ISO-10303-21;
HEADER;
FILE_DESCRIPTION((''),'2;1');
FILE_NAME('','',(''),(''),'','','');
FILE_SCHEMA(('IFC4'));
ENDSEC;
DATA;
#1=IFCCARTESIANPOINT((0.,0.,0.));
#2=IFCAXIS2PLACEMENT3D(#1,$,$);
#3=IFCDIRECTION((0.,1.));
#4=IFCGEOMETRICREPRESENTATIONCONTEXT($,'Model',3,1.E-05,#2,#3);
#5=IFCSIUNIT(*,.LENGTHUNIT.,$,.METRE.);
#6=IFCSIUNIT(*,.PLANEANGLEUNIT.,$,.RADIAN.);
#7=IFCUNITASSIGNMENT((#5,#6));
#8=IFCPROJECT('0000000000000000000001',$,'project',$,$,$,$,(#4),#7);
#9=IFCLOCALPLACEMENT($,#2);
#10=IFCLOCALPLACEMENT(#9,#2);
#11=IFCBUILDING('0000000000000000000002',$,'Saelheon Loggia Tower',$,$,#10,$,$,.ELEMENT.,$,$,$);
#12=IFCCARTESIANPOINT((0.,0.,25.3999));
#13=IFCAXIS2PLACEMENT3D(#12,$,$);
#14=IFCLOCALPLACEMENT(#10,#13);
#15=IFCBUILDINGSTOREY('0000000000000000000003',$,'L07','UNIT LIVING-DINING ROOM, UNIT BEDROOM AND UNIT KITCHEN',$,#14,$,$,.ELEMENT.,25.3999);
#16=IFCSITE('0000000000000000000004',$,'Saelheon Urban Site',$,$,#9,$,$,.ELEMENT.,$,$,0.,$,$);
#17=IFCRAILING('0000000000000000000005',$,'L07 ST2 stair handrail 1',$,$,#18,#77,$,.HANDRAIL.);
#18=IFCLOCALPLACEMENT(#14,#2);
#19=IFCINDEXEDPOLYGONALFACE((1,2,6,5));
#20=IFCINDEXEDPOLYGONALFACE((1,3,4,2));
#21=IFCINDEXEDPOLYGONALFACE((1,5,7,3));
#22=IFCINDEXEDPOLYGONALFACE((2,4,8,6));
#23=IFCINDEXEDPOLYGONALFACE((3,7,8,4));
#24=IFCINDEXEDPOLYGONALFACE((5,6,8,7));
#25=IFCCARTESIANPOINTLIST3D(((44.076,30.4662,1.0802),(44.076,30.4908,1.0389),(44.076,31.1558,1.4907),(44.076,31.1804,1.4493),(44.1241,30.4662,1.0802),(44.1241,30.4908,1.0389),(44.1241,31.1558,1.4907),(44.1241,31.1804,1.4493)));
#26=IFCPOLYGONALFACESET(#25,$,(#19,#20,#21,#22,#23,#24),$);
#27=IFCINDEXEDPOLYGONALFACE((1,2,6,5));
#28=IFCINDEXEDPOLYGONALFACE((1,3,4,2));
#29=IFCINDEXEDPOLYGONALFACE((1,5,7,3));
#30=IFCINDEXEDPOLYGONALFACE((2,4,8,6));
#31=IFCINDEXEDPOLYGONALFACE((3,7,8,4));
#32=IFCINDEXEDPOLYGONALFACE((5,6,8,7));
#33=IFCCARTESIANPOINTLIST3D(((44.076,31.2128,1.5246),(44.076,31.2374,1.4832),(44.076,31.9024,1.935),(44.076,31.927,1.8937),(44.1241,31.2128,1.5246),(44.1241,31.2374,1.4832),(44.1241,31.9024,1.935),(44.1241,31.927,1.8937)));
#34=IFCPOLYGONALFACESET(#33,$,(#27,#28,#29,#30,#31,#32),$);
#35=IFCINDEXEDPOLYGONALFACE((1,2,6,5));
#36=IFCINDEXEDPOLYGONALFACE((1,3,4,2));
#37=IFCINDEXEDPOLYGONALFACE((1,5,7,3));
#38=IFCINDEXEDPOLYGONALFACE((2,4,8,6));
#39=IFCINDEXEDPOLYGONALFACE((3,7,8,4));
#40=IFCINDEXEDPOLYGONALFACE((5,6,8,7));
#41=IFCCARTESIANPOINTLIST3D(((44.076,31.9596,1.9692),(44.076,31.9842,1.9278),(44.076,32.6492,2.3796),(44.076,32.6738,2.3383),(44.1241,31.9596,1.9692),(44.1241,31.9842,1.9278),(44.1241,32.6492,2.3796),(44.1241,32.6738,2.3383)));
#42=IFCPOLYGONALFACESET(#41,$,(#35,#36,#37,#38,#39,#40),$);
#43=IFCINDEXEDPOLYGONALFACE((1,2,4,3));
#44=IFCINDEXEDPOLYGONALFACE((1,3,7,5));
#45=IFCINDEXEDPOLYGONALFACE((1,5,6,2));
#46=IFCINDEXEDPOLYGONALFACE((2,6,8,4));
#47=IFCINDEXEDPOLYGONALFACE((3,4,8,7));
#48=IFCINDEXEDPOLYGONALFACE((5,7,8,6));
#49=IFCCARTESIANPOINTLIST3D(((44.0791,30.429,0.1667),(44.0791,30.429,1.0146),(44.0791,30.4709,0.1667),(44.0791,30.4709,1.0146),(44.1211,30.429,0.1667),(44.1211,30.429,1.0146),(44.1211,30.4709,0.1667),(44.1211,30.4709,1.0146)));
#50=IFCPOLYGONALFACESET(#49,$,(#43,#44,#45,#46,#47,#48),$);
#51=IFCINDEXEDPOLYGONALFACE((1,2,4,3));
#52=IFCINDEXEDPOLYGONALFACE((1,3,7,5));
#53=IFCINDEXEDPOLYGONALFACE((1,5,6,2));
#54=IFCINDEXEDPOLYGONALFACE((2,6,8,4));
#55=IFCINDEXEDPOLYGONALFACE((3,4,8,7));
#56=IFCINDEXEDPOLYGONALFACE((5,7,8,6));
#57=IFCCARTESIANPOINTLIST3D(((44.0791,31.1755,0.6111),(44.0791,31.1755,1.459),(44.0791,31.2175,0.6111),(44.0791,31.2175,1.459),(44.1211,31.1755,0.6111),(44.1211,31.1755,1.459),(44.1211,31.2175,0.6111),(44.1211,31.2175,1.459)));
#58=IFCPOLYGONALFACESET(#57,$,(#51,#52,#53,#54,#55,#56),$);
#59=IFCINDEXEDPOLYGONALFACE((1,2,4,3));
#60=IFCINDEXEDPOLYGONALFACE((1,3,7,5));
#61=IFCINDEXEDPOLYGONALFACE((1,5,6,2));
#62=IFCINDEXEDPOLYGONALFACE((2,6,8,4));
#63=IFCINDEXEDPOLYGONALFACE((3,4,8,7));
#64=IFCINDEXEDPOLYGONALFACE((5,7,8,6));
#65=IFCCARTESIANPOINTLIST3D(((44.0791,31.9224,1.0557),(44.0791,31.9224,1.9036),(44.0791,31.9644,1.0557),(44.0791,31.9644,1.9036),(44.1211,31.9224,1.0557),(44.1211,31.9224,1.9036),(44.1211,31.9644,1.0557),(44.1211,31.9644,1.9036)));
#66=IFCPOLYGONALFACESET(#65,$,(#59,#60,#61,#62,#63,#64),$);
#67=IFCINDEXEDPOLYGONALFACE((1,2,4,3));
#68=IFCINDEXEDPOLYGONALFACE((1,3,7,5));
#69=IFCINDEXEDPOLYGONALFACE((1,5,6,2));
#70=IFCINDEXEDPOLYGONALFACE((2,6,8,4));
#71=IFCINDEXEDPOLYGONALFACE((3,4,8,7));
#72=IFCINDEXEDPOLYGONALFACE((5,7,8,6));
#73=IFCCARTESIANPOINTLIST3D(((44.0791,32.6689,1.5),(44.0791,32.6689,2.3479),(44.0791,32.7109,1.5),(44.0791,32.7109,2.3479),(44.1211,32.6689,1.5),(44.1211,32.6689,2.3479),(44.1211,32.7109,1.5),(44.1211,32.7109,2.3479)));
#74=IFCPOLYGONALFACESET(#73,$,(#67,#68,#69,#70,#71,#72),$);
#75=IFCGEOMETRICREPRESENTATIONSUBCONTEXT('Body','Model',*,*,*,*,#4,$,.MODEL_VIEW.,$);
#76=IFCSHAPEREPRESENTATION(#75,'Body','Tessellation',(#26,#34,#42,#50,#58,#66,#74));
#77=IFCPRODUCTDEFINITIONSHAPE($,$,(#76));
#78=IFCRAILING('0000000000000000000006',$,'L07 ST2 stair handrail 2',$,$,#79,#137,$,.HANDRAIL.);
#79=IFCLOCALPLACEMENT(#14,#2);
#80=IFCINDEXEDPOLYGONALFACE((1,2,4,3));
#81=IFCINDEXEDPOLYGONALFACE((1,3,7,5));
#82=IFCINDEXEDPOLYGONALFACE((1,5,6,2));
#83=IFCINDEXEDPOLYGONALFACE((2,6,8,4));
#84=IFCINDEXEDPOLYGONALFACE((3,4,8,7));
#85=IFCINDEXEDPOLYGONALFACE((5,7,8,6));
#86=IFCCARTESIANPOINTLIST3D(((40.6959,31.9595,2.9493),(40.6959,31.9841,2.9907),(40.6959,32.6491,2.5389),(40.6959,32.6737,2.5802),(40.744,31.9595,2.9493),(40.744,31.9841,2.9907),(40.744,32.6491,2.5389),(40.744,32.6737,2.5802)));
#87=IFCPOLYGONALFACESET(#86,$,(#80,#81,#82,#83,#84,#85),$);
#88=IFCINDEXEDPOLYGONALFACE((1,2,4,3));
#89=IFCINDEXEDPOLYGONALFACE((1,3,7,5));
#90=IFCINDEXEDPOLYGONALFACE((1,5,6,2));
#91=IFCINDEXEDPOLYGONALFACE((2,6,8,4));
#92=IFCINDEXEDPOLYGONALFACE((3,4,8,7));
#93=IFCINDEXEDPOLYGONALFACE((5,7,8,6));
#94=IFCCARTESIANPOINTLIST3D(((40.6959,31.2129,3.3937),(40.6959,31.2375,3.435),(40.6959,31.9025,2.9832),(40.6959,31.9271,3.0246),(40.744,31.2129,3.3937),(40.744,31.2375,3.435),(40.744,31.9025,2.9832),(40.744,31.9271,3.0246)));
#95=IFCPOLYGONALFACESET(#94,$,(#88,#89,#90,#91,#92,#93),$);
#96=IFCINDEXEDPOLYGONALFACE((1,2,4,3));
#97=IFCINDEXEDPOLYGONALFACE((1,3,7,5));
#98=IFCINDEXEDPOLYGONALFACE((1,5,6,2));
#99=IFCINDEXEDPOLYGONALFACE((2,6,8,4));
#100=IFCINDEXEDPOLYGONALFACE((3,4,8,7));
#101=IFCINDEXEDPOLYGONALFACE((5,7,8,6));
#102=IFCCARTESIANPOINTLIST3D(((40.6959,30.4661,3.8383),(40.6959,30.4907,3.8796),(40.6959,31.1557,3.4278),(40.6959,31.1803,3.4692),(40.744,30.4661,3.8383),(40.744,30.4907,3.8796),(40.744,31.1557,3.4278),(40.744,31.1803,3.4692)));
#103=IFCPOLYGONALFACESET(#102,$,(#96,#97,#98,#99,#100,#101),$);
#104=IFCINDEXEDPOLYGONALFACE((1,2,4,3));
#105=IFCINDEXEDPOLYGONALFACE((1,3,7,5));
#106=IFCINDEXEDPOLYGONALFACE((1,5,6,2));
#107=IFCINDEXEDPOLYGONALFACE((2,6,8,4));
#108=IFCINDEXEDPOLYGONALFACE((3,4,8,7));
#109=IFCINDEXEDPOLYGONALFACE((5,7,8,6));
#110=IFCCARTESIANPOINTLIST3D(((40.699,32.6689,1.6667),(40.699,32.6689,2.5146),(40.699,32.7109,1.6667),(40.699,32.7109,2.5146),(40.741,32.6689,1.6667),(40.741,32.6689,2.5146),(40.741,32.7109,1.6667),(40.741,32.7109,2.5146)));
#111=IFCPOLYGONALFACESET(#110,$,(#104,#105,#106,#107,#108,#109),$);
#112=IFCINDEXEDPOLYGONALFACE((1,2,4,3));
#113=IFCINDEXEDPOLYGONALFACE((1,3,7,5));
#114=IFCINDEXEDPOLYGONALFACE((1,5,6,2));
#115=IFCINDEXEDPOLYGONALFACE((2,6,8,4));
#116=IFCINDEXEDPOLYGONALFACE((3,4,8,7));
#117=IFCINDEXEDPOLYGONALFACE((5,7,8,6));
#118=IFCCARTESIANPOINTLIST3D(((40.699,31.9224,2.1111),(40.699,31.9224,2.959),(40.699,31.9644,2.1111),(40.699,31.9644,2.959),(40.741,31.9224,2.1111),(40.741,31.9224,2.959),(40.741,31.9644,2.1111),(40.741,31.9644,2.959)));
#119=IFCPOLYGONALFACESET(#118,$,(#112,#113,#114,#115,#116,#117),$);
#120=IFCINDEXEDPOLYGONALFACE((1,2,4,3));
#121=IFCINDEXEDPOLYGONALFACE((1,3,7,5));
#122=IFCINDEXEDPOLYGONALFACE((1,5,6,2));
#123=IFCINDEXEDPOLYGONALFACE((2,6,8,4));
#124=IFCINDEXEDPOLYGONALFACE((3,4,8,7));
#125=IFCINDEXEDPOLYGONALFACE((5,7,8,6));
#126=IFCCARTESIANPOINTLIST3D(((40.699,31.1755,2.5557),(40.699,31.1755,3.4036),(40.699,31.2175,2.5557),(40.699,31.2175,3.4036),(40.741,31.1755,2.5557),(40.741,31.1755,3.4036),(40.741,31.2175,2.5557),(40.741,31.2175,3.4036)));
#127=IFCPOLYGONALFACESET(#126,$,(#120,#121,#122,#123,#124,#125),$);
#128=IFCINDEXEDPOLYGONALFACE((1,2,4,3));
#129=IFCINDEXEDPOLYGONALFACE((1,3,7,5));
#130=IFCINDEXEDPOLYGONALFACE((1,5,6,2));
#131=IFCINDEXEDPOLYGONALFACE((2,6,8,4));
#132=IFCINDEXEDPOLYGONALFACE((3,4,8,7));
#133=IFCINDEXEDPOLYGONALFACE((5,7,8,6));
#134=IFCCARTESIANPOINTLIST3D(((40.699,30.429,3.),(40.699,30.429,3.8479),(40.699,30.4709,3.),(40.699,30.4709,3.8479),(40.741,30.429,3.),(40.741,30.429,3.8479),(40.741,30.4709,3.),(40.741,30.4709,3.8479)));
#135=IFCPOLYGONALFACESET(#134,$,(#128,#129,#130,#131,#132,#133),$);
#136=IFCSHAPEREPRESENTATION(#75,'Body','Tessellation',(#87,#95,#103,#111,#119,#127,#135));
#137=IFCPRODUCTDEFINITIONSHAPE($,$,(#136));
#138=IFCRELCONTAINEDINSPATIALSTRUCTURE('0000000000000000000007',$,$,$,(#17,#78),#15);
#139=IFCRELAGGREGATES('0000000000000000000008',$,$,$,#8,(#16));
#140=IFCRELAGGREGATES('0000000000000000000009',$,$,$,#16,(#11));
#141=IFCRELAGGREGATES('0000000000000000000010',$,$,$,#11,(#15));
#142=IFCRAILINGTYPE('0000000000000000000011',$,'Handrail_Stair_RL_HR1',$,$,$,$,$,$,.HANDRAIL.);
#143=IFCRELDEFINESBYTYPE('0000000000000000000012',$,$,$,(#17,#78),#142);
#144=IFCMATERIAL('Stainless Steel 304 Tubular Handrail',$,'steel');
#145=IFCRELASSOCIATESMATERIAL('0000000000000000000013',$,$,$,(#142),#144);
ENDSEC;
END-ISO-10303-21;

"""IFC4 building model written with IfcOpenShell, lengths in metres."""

from ifc_helpers import new_model, si_unit, direction, frame, origin, origin_2d, place, context, subcontext, project, spatial, rectangle, extrude, material, type_object, element, save


model = new_model("IFC4")

# Units and contexts
model_context = context("Model", 3, precision=1e-05, world=origin(), true_north=direction((0.0, 1.0)))
body_context = subcontext(model_context, "Body", "Model", "MODEL_VIEW")
ifc_project = project(units=[si_unit("LENGTHUNIT", "METRE"), si_unit("PLANEANGLEUNIT", "RADIAN")], contexts=[model_context])

# Site, building, storey
site_placement = place(None, origin())
site = spatial("IfcSite", under=ifc_project, at=site_placement, Name="Saelheon Urban Site", CompositionType="ELEMENT", RefElevation=0.0)
building_placement = place(site_placement, origin())
building = spatial("IfcBuilding", under=site, at=building_placement, Name="Saelheon Loggia Tower", CompositionType="ELEMENT")
storey_placement = place(building_placement, frame((0.0, 0.0, 25.3999)))
storey = spatial("IfcBuildingStorey", under=building, at=storey_placement, Name="L07", Description="UNIT LIVING-DINING ROOM, UNIT BEDROOM AND UNIT KITCHEN", CompositionType="ELEMENT", Elevation=25.3999)

# Railings
ifc_material_1 = material(Name="Stainless Steel 304 Tubular Handrail", Category="steel")
railing_type_1 = type_object("IfcRailingType", Name="Handrail_Stair_RL_HR1", PredefinedType="HANDRAIL", material=ifc_material_1)
railing_1_placement = place(storey_placement, frame((44.1001, 30.45, 0.1667)))
element("IfcRailing", 1, at=railing_1_placement, inside=storey, type_object=railing_type_1, Name="L07 ST2 stair handrail 1", PredefinedType="HANDRAIL", context=body_context, shape_type="SweptSolid", body=[
    extrude(rectangle(XDim=0.0481, YDim=0.0481, at=origin_2d()), frame((0.0, 0.0286, 0.8928), z_axis=(0.0, 0.859306, 0.511462), x_axis=(-1.0, 0.0, 0.0)), (0.0, 0.0, 1.0), 0.8025),
    extrude(rectangle(XDim=0.0481, YDim=0.0481, at=origin_2d()), frame((0.0, 0.7751, 1.3372), z_axis=(0.0, 0.859306, 0.511462), x_axis=(-1.0, 0.0, 0.0)), (0.0, 0.0, 1.0), 0.8025),
    extrude(rectangle(XDim=0.0481, YDim=0.0481, at=origin_2d()), frame((0.0, 1.522, 1.7817), z_axis=(0.0, 0.859306, 0.511462), x_axis=(-1.0, 0.0, 0.0)), (0.0, 0.0, 1.0), 0.8025),
    extrude(rectangle(XDim=0.042, YDim=0.042, at=origin_2d()), origin(), (0.0, 0.0, 1.0), 0.8479),
    extrude(rectangle(XDim=0.042, YDim=0.042, at=origin_2d()), frame((0.0, 0.7466, 0.4443)), (0.0, 0.0, 1.0), 0.8479),
    extrude(rectangle(XDim=0.042, YDim=0.042, at=origin_2d()), frame((0.0, 1.4934, 0.8889)), (0.0, 0.0, 1.0), 0.8479),
    extrude(rectangle(XDim=0.042, YDim=0.042, at=origin_2d()), frame((0.0, 2.24, 1.3333)), (0.0, 0.0, 1.0), 0.8479),
])
railing_2_placement = place(storey_placement, frame((40.72, 32.6899, 1.6667)))
element("IfcRailing", 2, at=railing_2_placement, inside=storey, type_object=railing_type_1, Name="L07 ST2 stair handrail 2", PredefinedType="HANDRAIL", context=body_context, shape_type="SweptSolid", body=[
    extrude(rectangle(XDim=0.0481, YDim=0.0481, at=origin_2d()), frame((0.0, -0.0286, 0.8928), z_axis=(0.0, -0.859306, 0.511462), x_axis=(1.0, 0.0, 0.0)), (0.0, 0.0, 1.0), 0.8025),
    extrude(rectangle(XDim=0.0481, YDim=0.0481, at=origin_2d()), frame((0.0, -0.7751, 1.3372), z_axis=(0.0, -0.859306, 0.511462), x_axis=(1.0, 0.0, 0.0)), (0.0, 0.0, 1.0), 0.8025),
    extrude(rectangle(XDim=0.0481, YDim=0.0481, at=origin_2d()), frame((0.0, -1.522, 1.7817), z_axis=(0.0, -0.859306, 0.511462), x_axis=(1.0, 0.0, 0.0)), (0.0, 0.0, 1.0), 0.8025),
    extrude(rectangle(XDim=0.042, YDim=0.042, at=origin_2d()), origin(), (0.0, 0.0, 1.0), 0.8479),
    extrude(rectangle(XDim=0.042, YDim=0.042, at=origin_2d()), frame((0.0, -0.7466, 0.4443)), (0.0, 0.0, 1.0), 0.8479),
    extrude(rectangle(XDim=0.042, YDim=0.042, at=origin_2d()), frame((0.0, -1.4934, 0.8889)), (0.0, 0.0, 1.0), 0.8479),
    extrude(rectangle(XDim=0.042, YDim=0.042, at=origin_2d()), frame((0.0, -2.24, 1.3333)), (0.0, 0.0, 1.0), 0.8479),
])

save(model, "model.ifc")
